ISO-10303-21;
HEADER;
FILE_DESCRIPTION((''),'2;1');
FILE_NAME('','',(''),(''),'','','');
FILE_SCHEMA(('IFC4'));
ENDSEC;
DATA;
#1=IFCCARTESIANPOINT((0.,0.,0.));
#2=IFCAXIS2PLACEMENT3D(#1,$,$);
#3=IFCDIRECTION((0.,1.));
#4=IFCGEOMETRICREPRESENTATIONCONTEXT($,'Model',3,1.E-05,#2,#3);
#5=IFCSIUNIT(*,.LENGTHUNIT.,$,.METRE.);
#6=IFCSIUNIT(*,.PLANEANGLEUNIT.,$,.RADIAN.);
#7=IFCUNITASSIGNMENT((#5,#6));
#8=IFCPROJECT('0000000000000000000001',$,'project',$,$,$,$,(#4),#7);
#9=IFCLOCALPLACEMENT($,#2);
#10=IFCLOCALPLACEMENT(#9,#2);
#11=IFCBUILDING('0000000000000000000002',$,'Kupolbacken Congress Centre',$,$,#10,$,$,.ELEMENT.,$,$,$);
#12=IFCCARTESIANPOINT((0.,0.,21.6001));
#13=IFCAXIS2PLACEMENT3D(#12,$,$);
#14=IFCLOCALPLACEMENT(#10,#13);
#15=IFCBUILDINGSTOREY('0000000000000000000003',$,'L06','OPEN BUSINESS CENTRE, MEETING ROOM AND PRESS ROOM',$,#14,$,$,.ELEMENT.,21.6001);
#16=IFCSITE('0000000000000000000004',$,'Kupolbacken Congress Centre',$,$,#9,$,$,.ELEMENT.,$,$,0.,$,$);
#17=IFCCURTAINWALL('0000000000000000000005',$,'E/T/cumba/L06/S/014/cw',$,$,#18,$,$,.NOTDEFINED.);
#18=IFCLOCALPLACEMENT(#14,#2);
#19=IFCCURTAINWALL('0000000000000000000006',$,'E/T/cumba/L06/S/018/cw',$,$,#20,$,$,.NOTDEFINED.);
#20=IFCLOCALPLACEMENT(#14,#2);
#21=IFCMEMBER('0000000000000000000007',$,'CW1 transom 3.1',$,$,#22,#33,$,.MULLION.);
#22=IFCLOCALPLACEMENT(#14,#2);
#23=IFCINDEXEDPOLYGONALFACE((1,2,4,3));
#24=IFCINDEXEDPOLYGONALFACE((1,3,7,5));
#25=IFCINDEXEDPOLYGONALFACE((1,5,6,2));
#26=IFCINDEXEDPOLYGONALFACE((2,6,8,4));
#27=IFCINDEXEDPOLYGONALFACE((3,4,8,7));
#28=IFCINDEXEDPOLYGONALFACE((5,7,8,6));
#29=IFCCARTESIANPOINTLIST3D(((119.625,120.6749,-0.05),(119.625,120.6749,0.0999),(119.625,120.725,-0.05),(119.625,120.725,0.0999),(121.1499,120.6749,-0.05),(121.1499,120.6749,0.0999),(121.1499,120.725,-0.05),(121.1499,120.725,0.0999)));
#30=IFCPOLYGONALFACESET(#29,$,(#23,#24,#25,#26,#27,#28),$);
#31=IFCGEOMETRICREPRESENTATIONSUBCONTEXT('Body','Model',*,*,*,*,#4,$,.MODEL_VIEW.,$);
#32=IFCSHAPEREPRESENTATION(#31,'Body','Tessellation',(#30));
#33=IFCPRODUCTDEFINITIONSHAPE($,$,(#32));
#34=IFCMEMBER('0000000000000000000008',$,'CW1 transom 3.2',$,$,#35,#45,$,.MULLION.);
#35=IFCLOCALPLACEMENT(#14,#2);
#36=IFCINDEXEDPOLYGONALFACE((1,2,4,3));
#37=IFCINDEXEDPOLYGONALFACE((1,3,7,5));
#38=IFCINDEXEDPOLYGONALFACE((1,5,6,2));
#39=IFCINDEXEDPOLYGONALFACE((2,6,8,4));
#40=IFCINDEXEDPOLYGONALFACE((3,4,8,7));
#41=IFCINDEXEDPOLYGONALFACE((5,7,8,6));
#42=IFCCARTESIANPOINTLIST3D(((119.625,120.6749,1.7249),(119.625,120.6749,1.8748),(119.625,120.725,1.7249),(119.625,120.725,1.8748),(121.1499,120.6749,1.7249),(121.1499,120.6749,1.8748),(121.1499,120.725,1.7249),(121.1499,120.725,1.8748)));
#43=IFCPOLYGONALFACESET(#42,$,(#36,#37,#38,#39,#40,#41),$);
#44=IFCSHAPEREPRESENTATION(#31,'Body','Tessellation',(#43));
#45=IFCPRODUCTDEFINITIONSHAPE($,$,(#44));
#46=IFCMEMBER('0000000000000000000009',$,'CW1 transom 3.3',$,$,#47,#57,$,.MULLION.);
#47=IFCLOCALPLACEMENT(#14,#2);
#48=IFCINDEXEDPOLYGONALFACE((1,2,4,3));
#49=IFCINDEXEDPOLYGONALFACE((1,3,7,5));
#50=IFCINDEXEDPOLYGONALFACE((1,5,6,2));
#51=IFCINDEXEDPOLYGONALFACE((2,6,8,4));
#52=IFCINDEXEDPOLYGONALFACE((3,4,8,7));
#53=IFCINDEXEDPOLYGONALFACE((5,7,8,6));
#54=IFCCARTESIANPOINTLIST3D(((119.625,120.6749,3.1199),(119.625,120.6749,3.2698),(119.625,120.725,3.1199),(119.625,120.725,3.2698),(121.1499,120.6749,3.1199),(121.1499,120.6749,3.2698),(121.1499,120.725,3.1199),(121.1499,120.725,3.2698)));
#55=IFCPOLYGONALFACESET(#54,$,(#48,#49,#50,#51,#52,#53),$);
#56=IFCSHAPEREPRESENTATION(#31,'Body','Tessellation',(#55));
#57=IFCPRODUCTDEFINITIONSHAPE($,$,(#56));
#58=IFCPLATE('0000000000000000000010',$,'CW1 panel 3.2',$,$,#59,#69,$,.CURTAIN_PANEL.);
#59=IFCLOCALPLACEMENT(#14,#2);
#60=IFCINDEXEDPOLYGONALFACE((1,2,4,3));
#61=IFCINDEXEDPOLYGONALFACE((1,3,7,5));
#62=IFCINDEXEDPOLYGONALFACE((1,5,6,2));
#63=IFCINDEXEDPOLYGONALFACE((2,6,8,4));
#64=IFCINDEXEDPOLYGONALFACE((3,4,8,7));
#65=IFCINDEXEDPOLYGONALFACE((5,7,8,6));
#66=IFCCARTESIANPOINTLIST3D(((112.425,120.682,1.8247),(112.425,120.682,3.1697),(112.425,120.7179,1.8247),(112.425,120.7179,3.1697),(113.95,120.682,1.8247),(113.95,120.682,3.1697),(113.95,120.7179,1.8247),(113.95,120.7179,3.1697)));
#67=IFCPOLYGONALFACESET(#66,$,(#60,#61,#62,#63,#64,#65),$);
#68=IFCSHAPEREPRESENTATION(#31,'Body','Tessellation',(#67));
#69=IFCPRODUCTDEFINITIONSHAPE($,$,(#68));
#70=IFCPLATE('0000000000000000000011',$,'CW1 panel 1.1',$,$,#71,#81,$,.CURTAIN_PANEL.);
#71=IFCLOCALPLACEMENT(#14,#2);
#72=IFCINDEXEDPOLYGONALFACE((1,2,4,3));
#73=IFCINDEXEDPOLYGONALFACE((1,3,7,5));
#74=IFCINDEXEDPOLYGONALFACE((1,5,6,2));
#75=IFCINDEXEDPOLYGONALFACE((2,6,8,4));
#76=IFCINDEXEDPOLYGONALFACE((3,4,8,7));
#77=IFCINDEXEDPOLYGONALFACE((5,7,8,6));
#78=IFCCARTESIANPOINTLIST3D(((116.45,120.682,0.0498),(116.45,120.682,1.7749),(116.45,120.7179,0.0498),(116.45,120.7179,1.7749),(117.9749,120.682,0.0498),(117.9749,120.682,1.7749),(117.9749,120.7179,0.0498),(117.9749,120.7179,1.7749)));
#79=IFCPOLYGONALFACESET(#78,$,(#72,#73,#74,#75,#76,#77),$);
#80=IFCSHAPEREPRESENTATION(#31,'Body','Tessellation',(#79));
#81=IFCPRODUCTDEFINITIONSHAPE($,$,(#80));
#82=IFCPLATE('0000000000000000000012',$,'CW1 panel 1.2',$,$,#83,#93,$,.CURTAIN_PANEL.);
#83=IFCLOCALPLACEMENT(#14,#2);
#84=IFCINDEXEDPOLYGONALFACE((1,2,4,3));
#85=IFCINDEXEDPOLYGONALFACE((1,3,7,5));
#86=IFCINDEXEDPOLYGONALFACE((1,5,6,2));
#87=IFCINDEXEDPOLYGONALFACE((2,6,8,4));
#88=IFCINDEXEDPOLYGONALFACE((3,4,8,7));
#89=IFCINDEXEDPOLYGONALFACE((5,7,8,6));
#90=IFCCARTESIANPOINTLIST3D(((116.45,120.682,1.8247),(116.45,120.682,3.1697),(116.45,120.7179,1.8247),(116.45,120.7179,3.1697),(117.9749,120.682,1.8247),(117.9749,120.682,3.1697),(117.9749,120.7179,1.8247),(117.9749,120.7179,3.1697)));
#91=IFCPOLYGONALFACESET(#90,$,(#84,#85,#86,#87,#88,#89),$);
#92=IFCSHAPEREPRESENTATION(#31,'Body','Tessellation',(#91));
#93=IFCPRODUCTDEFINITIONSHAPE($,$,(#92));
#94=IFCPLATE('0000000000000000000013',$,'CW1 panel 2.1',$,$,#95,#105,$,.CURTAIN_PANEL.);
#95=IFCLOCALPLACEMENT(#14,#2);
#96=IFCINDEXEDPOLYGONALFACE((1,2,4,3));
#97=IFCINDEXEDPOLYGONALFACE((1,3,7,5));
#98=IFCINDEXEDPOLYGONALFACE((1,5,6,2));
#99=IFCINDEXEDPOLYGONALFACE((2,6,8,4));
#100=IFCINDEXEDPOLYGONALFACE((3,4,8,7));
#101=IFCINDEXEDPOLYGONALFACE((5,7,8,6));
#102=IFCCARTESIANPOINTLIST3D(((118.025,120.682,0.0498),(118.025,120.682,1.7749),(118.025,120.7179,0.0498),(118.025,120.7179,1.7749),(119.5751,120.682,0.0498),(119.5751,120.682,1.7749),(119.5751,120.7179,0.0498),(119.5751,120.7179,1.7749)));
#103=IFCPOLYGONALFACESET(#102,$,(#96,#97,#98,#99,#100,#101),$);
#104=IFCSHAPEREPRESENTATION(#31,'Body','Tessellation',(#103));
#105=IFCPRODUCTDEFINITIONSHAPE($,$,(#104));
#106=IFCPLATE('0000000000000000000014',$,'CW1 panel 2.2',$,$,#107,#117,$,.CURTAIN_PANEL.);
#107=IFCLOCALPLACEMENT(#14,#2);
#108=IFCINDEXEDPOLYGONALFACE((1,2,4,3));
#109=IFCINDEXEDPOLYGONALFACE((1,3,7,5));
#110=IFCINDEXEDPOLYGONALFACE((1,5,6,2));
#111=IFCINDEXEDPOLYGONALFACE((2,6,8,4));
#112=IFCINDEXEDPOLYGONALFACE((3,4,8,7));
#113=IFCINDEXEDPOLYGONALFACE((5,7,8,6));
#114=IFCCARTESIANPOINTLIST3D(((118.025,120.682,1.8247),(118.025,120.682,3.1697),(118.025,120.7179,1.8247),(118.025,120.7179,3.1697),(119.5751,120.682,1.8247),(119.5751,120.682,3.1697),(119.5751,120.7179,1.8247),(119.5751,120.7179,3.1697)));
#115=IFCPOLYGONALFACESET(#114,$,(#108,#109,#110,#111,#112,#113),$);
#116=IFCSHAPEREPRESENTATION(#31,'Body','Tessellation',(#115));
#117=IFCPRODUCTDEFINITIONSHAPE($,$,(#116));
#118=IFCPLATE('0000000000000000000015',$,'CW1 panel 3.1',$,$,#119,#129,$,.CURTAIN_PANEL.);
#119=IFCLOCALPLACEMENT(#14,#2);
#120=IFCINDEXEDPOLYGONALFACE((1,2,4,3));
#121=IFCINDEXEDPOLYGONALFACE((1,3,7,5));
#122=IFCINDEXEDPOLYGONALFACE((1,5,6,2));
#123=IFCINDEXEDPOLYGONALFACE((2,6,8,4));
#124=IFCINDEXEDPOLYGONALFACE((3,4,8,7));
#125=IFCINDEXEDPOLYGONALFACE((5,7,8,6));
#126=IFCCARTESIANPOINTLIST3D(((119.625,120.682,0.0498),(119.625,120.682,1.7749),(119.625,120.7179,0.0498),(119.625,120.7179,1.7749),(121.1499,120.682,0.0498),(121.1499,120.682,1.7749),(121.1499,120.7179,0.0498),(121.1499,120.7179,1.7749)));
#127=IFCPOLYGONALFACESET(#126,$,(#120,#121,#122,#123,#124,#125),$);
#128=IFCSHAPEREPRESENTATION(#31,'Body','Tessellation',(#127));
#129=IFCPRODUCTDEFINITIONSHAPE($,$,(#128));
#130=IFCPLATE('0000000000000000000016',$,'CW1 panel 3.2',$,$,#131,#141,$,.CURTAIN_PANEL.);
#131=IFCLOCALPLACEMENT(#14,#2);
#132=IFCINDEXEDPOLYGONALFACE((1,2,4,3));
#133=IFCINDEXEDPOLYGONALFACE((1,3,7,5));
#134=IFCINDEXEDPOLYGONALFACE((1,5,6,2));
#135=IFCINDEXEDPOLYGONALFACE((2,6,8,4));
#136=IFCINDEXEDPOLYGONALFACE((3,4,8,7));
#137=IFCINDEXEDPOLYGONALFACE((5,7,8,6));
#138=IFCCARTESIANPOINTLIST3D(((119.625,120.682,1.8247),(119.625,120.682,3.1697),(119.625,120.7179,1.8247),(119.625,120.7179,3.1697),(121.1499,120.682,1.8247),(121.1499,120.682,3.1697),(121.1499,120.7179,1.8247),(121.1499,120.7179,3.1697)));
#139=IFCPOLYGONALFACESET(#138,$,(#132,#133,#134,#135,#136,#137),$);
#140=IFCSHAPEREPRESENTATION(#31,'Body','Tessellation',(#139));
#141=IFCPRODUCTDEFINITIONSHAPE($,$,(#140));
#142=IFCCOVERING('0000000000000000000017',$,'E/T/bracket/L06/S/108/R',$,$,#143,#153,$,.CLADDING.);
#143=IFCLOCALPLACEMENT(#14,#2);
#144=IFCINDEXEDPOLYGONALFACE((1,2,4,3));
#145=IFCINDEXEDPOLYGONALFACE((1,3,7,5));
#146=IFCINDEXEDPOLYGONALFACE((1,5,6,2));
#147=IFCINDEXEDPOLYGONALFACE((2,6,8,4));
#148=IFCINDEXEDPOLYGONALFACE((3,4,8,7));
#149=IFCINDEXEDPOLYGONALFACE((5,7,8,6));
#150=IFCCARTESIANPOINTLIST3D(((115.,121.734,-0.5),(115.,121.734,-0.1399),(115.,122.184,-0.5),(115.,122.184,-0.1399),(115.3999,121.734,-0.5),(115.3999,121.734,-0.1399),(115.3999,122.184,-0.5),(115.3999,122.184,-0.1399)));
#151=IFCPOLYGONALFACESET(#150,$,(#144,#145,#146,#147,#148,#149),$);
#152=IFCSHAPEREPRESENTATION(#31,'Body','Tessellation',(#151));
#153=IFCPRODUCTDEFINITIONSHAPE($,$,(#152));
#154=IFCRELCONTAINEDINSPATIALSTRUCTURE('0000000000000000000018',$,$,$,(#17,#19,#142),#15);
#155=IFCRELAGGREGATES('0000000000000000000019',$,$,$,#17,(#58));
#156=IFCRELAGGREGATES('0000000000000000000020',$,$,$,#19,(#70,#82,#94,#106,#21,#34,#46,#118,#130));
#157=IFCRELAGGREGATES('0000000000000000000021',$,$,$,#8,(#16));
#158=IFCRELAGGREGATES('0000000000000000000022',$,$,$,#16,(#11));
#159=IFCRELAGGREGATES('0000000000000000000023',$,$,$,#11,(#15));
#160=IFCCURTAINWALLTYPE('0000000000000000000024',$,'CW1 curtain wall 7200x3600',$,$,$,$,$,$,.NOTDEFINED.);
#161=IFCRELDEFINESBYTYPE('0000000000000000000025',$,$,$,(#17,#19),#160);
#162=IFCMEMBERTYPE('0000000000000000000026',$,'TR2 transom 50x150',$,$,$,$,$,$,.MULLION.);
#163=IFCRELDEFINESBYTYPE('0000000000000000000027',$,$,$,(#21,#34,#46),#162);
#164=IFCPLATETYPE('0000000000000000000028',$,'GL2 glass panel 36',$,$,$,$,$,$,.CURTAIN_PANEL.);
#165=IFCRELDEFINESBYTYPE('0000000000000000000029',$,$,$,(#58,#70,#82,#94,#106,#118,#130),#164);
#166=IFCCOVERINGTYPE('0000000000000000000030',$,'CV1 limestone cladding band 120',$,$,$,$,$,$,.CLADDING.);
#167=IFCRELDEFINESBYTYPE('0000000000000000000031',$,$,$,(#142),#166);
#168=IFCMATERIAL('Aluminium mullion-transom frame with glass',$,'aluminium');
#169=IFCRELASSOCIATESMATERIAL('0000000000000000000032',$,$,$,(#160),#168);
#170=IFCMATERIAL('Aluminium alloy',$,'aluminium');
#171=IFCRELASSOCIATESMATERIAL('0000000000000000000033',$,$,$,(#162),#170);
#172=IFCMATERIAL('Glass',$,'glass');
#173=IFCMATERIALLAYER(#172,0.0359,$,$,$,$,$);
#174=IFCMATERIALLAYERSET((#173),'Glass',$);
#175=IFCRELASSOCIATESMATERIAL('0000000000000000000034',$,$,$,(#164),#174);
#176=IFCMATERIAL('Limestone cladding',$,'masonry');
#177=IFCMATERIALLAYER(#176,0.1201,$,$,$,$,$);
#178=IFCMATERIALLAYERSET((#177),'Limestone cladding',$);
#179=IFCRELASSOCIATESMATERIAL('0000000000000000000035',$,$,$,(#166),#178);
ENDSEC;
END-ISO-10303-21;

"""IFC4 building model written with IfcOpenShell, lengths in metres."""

from ifc_helpers import new_model, si_unit, direction, frame, origin, origin_2d, place, context, subcontext, project, spatial, rectangle, extrude, material, layer, layer_set, material_profile, profile_set, type_object, element, aggregate, save


model = new_model("IFC4")

# Units and contexts
model_context = context("Model", 3, precision=1e-05, world=origin(), true_north=direction((0.0, 1.0)))
body_context = subcontext(model_context, "Body", "Model", "MODEL_VIEW")
ifc_project = project(units=[si_unit("LENGTHUNIT", "METRE"), si_unit("PLANEANGLEUNIT", "RADIAN")], contexts=[model_context])

# Site, building, storey
site_placement = place(None, origin())
site = spatial("IfcSite", under=ifc_project, at=site_placement, Name="Kupolbacken Congress Centre", CompositionType="ELEMENT", RefElevation=0.0)
building_placement = place(site_placement, origin())
building = spatial("IfcBuilding", under=site, at=building_placement, Name="Kupolbacken Congress Centre", CompositionType="ELEMENT")
storey_placement = place(building_placement, frame((0.0, 0.0, 21.6001)))
storey = spatial("IfcBuildingStorey", under=building, at=storey_placement, Name="L06", Description="OPEN BUSINESS CENTRE, MEETING ROOM AND PRESS ROOM", CompositionType="ELEMENT", Elevation=21.6001)

# Curtain wall
ifc_material_1 = material(Name="Aluminium mullion-transom frame with glass", Category="aluminium")
curtain_wall_type = type_object("IfcCurtainWallType", Name="CW1 curtain wall 7200x3600", PredefinedType="NOTDEFINED", material=ifc_material_1)
curtain_wall_1_placement = place(storey_placement, origin())
curtain_wall_1 = element("IfcCurtainWall", 1, at=curtain_wall_1_placement, inside=storey, type_object=curtain_wall_type, Name="E/T/cumba/L06/S/014/cw", PredefinedType="NOTDEFINED")

# Curtain wall, members
curtain_wall_2_placement = place(storey_placement, origin())
curtain_wall_2 = element("IfcCurtainWall", 2, at=curtain_wall_2_placement, inside=storey, type_object=curtain_wall_type, Name="E/T/cumba/L06/S/018/cw", PredefinedType="NOTDEFINED")
ifc_material_2 = material(Name="Aluminium alloy", Category="aluminium")
ifc_material_profile_1 = material_profile(ifc_material_2, rectangle(XDim=0.05, YDim=0.1499, at=origin_2d()), Name="50 x 150")
ifc_profile_set_1 = profile_set([ifc_material_profile_1], Name="Aluminium alloy")
member_type_1 = type_object("IfcMemberType", Name="TR2 transom 50x150", PredefinedType="MULLION", material=ifc_profile_set_1)
member_1_placement = place(storey_placement, frame((119.625, 120.7, 0.0249), z_axis=(1.0, 0.0, 0.0), x_axis=(0.0, 1.0, 0.0)))
member_1 = element("IfcMember", 3, at=member_1_placement, type_object=member_type_1, Name="CW1 transom 3.1", PredefinedType="MULLION", context=body_context, shape_type="SweptSolid", body=[
    extrude(rectangle(XDim=0.05, YDim=0.1499, at=origin_2d()), origin(), (0.0, 0.0, 1.0), 1.5249),
])
member_2_placement = place(storey_placement, frame((119.625, 120.7, 1.7998), z_axis=(1.0, 0.0, 0.0), x_axis=(0.0, 1.0, 0.0)))
member_2 = element("IfcMember", 4, at=member_2_placement, type_object=member_type_1, Name="CW1 transom 3.2", PredefinedType="MULLION", context=body_context, shape_type="SweptSolid", body=[
    extrude(rectangle(XDim=0.05, YDim=0.1499, at=origin_2d()), origin(), (0.0, 0.0, 1.0), 1.5249),
])
member_3_placement = place(storey_placement, frame((119.625, 120.7, 3.1948), z_axis=(1.0, 0.0, 0.0), x_axis=(0.0, 1.0, 0.0)))
member_3 = element("IfcMember", 5, at=member_3_placement, type_object=member_type_1, Name="CW1 transom 3.3", PredefinedType="MULLION", context=body_context, shape_type="SweptSolid", body=[
    extrude(rectangle(XDim=0.05, YDim=0.1499, at=origin_2d()), origin(), (0.0, 0.0, 1.0), 1.5249),
])

# Plates
ifc_material_3 = material(Name="Glass", Category="glass")
ifc_layer_1 = layer(ifc_material_3, 0.0359)
ifc_layer_set_1 = layer_set([ifc_layer_1], Name="Glass")
plate_type = type_object("IfcPlateType", Name="GL2 glass panel 36", PredefinedType="CURTAIN_PANEL", material=ifc_layer_set_1)
plate_1_placement = place(storey_placement, frame((113.1875, 120.7, 1.8247), z_axis=(0.0, 0.0, 1.0), x_axis=(1.0, 0.0, 0.0)))
plate_1 = element("IfcPlate", 6, at=plate_1_placement, type_object=plate_type, Name="CW1 panel 3.2", PredefinedType="CURTAIN_PANEL", context=body_context, shape_type="SweptSolid", body=[
    extrude(rectangle(XDim=1.5249, YDim=0.0359, at=origin_2d()), origin(), (0.0, 0.0, 1.0), 1.345),
])
aggregate(curtain_wall_1, [plate_1])
plate_2_placement = place(storey_placement, frame((117.2124, 120.7, 0.0498), z_axis=(0.0, 0.0, 1.0), x_axis=(1.0, 0.0, 0.0)))
plate_2 = element("IfcPlate", 7, at=plate_2_placement, type_object=plate_type, Name="CW1 panel 1.1", PredefinedType="CURTAIN_PANEL", context=body_context, shape_type="SweptSolid", body=[
    extrude(rectangle(XDim=1.5249, YDim=0.0359, at=origin_2d()), origin(), (0.0, 0.0, 1.0), 1.7251),
])
plate_3_placement = place(storey_placement, frame((117.2124, 120.7, 1.8247), z_axis=(0.0, 0.0, 1.0), x_axis=(1.0, 0.0, 0.0)))
plate_3 = element("IfcPlate", 8, at=plate_3_placement, type_object=plate_type, Name="CW1 panel 1.2", PredefinedType="CURTAIN_PANEL", context=body_context, shape_type="SweptSolid", body=[
    extrude(rectangle(XDim=1.5249, YDim=0.0359, at=origin_2d()), origin(), (0.0, 0.0, 1.0), 1.345),
])
plate_4_placement = place(storey_placement, frame((118.8, 120.7, 0.0498), z_axis=(0.0, 0.0, 1.0), x_axis=(1.0, 0.0, 0.0)))
plate_4 = element("IfcPlate", 9, at=plate_4_placement, type_object=plate_type, Name="CW1 panel 2.1", PredefinedType="CURTAIN_PANEL", context=body_context, shape_type="SweptSolid", body=[
    extrude(rectangle(XDim=1.55, YDim=0.0359, at=origin_2d()), origin(), (0.0, 0.0, 1.0), 1.7251),
])
plate_5_placement = place(storey_placement, frame((118.8, 120.7, 1.8247), z_axis=(0.0, 0.0, 1.0), x_axis=(1.0, 0.0, 0.0)))
plate_5 = element("IfcPlate", 10, at=plate_5_placement, type_object=plate_type, Name="CW1 panel 2.2", PredefinedType="CURTAIN_PANEL", context=body_context, shape_type="SweptSolid", body=[
    extrude(rectangle(XDim=1.55, YDim=0.0359, at=origin_2d()), origin(), (0.0, 0.0, 1.0), 1.345),
])
plate_6_placement = place(storey_placement, frame((120.3875, 120.7, 0.0498), z_axis=(0.0, 0.0, 1.0), x_axis=(1.0, 0.0, 0.0)))
plate_6 = element("IfcPlate", 11, at=plate_6_placement, type_object=plate_type, Name="CW1 panel 3.1", PredefinedType="CURTAIN_PANEL", context=body_context, shape_type="SweptSolid", body=[
    extrude(rectangle(XDim=1.5249, YDim=0.0359, at=origin_2d()), origin(), (0.0, 0.0, 1.0), 1.7251),
])
plate_7_placement = place(storey_placement, frame((120.3875, 120.7, 1.8247), z_axis=(0.0, 0.0, 1.0), x_axis=(1.0, 0.0, 0.0)))
plate_7 = element("IfcPlate", 12, at=plate_7_placement, type_object=plate_type, Name="CW1 panel 3.2", PredefinedType="CURTAIN_PANEL", context=body_context, shape_type="SweptSolid", body=[
    extrude(rectangle(XDim=1.5249, YDim=0.0359, at=origin_2d()), origin(), (0.0, 0.0, 1.0), 1.345),
])
aggregate(curtain_wall_2, [plate_2, plate_3, plate_4, plate_5, member_1, member_2, member_3, plate_6, plate_7])

# Covering
ifc_material_4 = material(Name="Limestone cladding", Category="masonry")
ifc_layer_2 = layer(ifc_material_4, 0.1201)
ifc_layer_set_2 = layer_set([ifc_layer_2], Name="Limestone cladding")
covering_type = type_object("IfcCoveringType", Name="CV1 limestone cladding band 120", PredefinedType="CLADDING", material=ifc_layer_set_2)
covering_placement = place(storey_placement, frame((115.2, 121.959, -0.5), z_axis=(0.0, 0.0, 1.0), x_axis=(1.0, 0.0, 0.0)))
element("IfcCovering", 13, at=covering_placement, inside=storey, type_object=covering_type, Name="E/T/bracket/L06/S/108/R", PredefinedType="CLADDING", context=body_context, shape_type="SweptSolid", body=[
    extrude(rectangle(XDim=0.3999, YDim=0.45, at=origin_2d()), origin(), (0.0, 0.0, 1.0), 0.3601),
])

save(model, "model.ifc")
